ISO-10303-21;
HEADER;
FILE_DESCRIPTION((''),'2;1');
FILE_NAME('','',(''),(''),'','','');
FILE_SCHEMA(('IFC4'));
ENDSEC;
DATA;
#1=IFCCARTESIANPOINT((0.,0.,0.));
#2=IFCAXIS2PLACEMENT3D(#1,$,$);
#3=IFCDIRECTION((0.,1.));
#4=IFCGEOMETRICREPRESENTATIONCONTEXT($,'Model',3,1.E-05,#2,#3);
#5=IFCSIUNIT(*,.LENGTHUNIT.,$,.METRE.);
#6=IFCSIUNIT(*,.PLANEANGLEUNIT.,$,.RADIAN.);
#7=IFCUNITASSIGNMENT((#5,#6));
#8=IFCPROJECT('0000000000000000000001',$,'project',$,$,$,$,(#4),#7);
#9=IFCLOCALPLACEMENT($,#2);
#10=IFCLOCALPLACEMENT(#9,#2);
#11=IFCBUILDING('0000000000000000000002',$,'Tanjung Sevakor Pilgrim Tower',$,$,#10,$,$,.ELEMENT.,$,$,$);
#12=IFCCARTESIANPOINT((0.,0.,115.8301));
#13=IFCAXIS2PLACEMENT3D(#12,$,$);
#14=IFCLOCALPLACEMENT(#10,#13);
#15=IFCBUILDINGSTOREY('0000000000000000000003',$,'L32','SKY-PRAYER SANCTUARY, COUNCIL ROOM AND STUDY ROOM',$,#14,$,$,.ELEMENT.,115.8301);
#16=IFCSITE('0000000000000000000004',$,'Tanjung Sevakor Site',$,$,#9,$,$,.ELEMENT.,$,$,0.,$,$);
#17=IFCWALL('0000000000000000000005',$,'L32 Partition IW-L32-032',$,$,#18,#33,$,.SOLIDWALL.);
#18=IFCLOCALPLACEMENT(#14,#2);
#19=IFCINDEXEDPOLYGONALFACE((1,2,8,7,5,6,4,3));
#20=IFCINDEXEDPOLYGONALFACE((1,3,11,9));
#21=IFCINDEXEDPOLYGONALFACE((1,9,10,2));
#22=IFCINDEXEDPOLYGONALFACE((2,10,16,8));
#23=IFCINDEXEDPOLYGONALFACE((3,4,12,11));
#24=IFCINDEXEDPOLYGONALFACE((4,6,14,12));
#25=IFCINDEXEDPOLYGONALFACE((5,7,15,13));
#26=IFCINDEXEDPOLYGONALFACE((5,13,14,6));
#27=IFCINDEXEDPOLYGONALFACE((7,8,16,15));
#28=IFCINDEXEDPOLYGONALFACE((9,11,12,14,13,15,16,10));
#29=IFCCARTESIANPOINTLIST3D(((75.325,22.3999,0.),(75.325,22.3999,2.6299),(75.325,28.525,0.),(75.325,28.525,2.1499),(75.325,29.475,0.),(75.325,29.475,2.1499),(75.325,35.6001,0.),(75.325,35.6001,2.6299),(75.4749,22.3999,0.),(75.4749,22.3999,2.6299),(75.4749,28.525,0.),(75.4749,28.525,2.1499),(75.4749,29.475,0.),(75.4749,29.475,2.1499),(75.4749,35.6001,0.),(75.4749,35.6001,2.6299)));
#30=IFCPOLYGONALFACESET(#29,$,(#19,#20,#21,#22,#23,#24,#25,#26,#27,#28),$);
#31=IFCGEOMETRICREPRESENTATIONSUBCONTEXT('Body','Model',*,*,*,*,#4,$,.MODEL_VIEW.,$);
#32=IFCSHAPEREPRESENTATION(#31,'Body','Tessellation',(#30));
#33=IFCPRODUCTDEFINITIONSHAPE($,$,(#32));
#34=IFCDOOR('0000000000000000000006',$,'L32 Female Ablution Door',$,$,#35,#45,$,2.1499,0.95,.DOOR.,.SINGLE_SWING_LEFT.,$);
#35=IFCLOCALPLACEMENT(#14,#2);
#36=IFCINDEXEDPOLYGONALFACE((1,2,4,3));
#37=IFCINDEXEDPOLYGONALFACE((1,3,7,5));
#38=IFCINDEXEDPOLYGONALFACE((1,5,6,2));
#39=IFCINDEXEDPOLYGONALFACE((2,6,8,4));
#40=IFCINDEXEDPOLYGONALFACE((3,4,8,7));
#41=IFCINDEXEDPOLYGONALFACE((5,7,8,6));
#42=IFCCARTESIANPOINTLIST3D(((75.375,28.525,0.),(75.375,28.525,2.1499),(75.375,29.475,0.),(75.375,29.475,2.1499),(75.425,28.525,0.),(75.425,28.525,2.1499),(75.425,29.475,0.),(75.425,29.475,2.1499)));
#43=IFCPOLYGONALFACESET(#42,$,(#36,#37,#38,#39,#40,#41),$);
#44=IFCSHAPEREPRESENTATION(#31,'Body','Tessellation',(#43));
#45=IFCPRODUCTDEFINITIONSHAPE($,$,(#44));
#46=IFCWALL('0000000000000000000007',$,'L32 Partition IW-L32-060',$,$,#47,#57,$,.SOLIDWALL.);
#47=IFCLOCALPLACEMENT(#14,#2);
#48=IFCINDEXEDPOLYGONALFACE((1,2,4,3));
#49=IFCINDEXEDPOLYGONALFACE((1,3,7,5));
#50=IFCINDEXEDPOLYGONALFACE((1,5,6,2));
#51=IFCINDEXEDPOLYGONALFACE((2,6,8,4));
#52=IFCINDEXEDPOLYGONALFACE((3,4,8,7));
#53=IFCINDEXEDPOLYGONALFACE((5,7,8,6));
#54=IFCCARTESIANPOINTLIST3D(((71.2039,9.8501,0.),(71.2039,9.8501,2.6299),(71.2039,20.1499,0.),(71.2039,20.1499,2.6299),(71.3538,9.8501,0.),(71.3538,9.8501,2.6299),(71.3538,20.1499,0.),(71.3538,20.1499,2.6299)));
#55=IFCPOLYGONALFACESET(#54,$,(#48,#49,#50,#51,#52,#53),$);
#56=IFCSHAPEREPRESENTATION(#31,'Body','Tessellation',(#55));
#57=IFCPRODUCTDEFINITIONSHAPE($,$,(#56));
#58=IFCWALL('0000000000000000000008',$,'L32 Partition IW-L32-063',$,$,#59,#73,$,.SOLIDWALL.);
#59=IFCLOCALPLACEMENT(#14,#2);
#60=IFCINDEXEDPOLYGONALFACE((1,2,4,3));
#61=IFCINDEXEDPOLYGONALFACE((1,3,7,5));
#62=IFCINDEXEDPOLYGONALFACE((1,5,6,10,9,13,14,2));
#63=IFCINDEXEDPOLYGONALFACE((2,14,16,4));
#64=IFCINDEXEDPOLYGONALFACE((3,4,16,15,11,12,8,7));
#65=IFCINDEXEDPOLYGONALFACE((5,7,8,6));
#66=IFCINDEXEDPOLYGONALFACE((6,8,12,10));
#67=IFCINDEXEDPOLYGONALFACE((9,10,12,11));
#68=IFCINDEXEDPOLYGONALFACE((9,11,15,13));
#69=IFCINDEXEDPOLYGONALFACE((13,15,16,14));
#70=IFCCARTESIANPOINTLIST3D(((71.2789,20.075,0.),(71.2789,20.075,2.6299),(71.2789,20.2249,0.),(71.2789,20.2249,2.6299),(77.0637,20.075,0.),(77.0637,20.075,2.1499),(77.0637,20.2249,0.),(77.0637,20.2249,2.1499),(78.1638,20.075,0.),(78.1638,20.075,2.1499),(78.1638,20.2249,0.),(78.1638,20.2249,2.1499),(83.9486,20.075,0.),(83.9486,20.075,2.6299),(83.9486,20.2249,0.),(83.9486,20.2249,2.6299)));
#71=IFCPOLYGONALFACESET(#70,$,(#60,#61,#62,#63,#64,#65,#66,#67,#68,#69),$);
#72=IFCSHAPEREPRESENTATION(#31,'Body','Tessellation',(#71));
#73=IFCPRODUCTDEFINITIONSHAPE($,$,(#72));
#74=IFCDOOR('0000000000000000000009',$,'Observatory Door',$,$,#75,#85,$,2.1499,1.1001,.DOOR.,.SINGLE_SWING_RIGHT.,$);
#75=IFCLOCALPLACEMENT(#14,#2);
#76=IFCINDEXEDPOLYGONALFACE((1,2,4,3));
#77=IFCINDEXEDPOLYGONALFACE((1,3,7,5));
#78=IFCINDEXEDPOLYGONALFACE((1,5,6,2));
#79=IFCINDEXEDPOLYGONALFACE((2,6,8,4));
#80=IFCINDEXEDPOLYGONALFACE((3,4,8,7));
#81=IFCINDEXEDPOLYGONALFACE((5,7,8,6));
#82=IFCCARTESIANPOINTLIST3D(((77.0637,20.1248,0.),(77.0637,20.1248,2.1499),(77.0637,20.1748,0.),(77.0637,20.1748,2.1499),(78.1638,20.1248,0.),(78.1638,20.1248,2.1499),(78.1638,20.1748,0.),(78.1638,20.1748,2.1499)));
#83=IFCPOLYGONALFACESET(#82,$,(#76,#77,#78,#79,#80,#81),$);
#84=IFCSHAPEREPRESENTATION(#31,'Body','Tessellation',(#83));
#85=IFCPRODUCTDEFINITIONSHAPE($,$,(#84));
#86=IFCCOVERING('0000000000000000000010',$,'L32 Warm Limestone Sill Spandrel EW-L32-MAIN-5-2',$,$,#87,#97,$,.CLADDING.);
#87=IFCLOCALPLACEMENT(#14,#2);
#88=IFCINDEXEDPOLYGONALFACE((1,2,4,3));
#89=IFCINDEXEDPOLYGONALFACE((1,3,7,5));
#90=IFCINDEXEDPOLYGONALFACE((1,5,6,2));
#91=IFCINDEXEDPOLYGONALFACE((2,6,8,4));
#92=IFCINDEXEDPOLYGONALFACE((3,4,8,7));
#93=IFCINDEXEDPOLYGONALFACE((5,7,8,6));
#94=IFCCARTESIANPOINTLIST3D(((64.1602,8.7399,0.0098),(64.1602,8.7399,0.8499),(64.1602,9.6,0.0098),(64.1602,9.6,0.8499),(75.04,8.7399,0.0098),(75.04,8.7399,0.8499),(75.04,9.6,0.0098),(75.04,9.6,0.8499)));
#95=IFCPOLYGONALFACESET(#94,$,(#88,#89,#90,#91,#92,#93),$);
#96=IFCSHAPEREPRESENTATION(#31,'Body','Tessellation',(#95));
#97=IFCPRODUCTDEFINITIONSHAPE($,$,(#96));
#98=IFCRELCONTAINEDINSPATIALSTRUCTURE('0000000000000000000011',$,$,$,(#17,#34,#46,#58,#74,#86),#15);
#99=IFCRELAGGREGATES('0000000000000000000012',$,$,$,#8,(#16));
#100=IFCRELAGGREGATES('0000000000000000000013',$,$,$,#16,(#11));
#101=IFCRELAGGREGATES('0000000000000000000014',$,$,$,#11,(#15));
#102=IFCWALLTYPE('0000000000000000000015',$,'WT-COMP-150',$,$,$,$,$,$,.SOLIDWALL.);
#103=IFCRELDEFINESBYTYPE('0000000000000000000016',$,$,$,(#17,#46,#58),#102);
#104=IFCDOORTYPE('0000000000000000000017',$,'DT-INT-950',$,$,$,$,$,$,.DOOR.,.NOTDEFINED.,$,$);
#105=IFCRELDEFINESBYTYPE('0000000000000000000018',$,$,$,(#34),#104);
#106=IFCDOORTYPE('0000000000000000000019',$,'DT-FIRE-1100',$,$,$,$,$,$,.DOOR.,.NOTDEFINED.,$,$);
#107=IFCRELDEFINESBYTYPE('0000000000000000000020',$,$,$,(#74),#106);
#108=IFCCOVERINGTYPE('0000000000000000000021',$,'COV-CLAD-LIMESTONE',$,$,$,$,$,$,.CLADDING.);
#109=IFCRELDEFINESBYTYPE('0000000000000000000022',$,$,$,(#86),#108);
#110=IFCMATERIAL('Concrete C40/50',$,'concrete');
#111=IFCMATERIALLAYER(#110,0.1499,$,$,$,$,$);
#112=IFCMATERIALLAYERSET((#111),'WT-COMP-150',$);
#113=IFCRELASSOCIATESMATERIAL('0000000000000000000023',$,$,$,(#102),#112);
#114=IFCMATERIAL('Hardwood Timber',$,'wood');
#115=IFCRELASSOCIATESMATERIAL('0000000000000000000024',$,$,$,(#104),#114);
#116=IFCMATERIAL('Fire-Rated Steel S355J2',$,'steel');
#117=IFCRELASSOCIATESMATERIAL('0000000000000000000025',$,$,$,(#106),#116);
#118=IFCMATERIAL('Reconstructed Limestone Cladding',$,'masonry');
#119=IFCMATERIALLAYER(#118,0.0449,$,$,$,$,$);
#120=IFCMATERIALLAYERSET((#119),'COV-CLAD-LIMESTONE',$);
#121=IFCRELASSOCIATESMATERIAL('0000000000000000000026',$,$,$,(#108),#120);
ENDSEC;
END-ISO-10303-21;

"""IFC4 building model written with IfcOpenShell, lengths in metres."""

from ifc_helpers import new_model, si_unit, direction, frame, frame_2d, origin, origin_2d, place, context, subcontext, project, spatial, rectangle, extrude, material, layer, layer_set, type_object, element, fill, save


model = new_model("IFC4")

# Units and contexts
model_context = context("Model", 3, precision=1e-05, world=origin(), true_north=direction((0.0, 1.0)))
body_context = subcontext(model_context, "Body", "Model", "MODEL_VIEW")
ifc_project = project(units=[si_unit("LENGTHUNIT", "METRE"), si_unit("PLANEANGLEUNIT", "RADIAN")], contexts=[model_context])

# Site, building, storey
site_placement = place(None, origin())
site = spatial("IfcSite", under=ifc_project, at=site_placement, Name="Tanjung Sevakor Site", CompositionType="ELEMENT", RefElevation=0.0)
building_placement = place(site_placement, origin())
building = spatial("IfcBuilding", under=site, at=building_placement, Name="Tanjung Sevakor Pilgrim Tower", CompositionType="ELEMENT")
storey_placement = place(building_placement, frame((0.0, 0.0, 115.8301)))
storey = spatial("IfcBuildingStorey", under=building, at=storey_placement, Name="L32", Description="SKY-PRAYER SANCTUARY, COUNCIL ROOM AND STUDY ROOM", CompositionType="ELEMENT", Elevation=115.8301)

# Shared definitions
ifc_material_1 = material(Name="Concrete C40/50", Category="concrete")
ifc_layer_1 = layer(ifc_material_1, 0.1499)
ifc_layer_set_1 = layer_set([ifc_layer_1], Name="WT-COMP-150")
wall_type_1 = type_object("IfcWallType", Name="WT-COMP-150", PredefinedType="SOLIDWALL", material=ifc_layer_set_1)

# Wall, opening, door
wall_1_placement = place(storey_placement, frame((75.3999, 22.3999, 0.0), z_axis=(0.0, 0.0, 1.0), x_axis=(0.0, 1.0, 0.0)))
wall_1 = element("IfcWall", 1, at=wall_1_placement, inside=storey, type_object=wall_type_1, Name="L32 Partition IW-L32-032", PredefinedType="SOLIDWALL", context=body_context, shape_type="SweptSolid", body=[
    extrude(rectangle(XDim=13.2002, YDim=0.1499, at=frame_2d((6.6001, 0.0))), origin(), (0.0, 0.0, 1.0), 2.6299),
])
opening_1_placement = place(wall_1_placement, frame((6.125, 0.0, 0.0)))
opening_1 = element("IfcOpeningElement", 2, at=opening_1_placement, cuts=wall_1, PredefinedType="OPENING", context=body_context, shape_type="SweptSolid", body=[
    extrude(rectangle(XDim=0.95, YDim=2.1499, at=frame_2d((0.4751, 1.075))), frame((0.0, 0.085, 0.0), z_axis=(0.0, -1.0, 0.0), x_axis=(1.0, 0.0, 0.0)), (0.0, 0.0, 1.0), 0.1699),
])
ifc_material_2 = material(Name="Hardwood Timber", Category="wood")
door_type_1 = type_object("IfcDoorType", Name="DT-INT-950", OperationType="NOTDEFINED", PredefinedType="DOOR", material=ifc_material_2)
door_1_placement = place(opening_1_placement, origin())
door_1 = element("IfcDoor", 3, at=door_1_placement, inside=storey, type_object=door_type_1, Name="L32 Female Ablution Door", OperationType="SINGLE_SWING_LEFT", OverallHeight=2.1499, OverallWidth=0.95, PredefinedType="DOOR", context=body_context, shape_type="SweptSolid", body=[
    extrude(rectangle(XDim=0.95, YDim=2.1499, at=frame_2d((0.4751, 1.075))), frame((0.0, 0.0249, 0.0), z_axis=(0.0, -1.0, 0.0), x_axis=(1.0, 0.0, 0.0)), (0.0, 0.0, 1.0), 0.05),
])
fill(opening_1, door_1)

# Wall
wall_2_placement = place(storey_placement, frame((71.2788, 9.8501, 0.0), z_axis=(0.0, 0.0, 1.0), x_axis=(0.0, 1.0, 0.0)))
element("IfcWall", 4, at=wall_2_placement, inside=storey, type_object=wall_type_1, Name="L32 Partition IW-L32-060", PredefinedType="SOLIDWALL", context=body_context, shape_type="SweptSolid", body=[
    extrude(rectangle(XDim=10.2998, YDim=0.1499, at=frame_2d((5.1499, 0.0))), origin(), (0.0, 0.0, 1.0), 2.6299),
])

# Wall, opening, door
wall_3_placement = place(storey_placement, frame((71.2788, 20.1499, 0.0), z_axis=(0.0, 0.0, 1.0), x_axis=(1.0, 0.0, 0.0)))
wall_3 = element("IfcWall", 5, at=wall_3_placement, inside=storey, type_object=wall_type_1, Name="L32 Partition IW-L32-063", PredefinedType="SOLIDWALL", context=body_context, shape_type="SweptSolid", body=[
    extrude(rectangle(XDim=12.6697, YDim=0.1499, at=frame_2d((6.335, 0.0))), origin(), (0.0, 0.0, 1.0), 2.6299),
])
opening_2_placement = place(wall_3_placement, frame((5.7849, 0.0, 0.0)))
opening_2 = element("IfcOpeningElement", 6, at=opening_2_placement, cuts=wall_3, PredefinedType="OPENING", context=body_context, shape_type="SweptSolid", body=[
    extrude(rectangle(XDim=1.1001, YDim=2.1499, at=frame_2d((0.55, 1.075))), frame((0.0, 0.085, 0.0), z_axis=(0.0, -1.0, 0.0), x_axis=(1.0, 0.0, 0.0)), (0.0, 0.0, 1.0), 0.1699),
])
ifc_material_3 = material(Name="Fire-Rated Steel S355J2", Category="steel")
door_type_2 = type_object("IfcDoorType", Name="DT-FIRE-1100", OperationType="NOTDEFINED", PredefinedType="DOOR", material=ifc_material_3)
door_2_placement = place(opening_2_placement, origin())
door_2 = element("IfcDoor", 7, at=door_2_placement, inside=storey, type_object=door_type_2, Name="Observatory Door", OperationType="SINGLE_SWING_RIGHT", OverallHeight=2.1499, OverallWidth=1.1001, PredefinedType="DOOR", context=body_context, shape_type="SweptSolid", body=[
    extrude(rectangle(XDim=1.1001, YDim=2.1499, at=frame_2d((0.55, 1.075))), frame((0.0, 0.0249, 0.0), z_axis=(0.0, -1.0, 0.0), x_axis=(1.0, 0.0, 0.0)), (0.0, 0.0, 1.0), 0.05),
])
fill(opening_2, door_2)

# Covering
ifc_material_4 = material(Name="Reconstructed Limestone Cladding", Category="masonry")
ifc_layer_2 = layer(ifc_material_4, 0.0449)
ifc_layer_set_2 = layer_set([ifc_layer_2], Name="COV-CLAD-LIMESTONE")
covering_type = type_object("IfcCoveringType", Name="COV-CLAD-LIMESTONE", PredefinedType="CLADDING", material=ifc_layer_set_2)
covering_placement = place(storey_placement, frame((69.6001, 9.1699, 0.0098), z_axis=(0.0, 0.0, 1.0), x_axis=(1.0, 0.0, 0.0)))
element("IfcCovering", 8, at=covering_placement, inside=storey, type_object=covering_type, Name="L32 Warm Limestone Sill Spandrel EW-L32-MAIN-5-2", PredefinedType="CLADDING", context=body_context, shape_type="SweptSolid", body=[
    extrude(rectangle(XDim=10.8799, YDim=0.8601, at=origin_2d()), origin(), (0.0, 0.0, 1.0), 0.8401),
])

save(model, "model.ifc")
